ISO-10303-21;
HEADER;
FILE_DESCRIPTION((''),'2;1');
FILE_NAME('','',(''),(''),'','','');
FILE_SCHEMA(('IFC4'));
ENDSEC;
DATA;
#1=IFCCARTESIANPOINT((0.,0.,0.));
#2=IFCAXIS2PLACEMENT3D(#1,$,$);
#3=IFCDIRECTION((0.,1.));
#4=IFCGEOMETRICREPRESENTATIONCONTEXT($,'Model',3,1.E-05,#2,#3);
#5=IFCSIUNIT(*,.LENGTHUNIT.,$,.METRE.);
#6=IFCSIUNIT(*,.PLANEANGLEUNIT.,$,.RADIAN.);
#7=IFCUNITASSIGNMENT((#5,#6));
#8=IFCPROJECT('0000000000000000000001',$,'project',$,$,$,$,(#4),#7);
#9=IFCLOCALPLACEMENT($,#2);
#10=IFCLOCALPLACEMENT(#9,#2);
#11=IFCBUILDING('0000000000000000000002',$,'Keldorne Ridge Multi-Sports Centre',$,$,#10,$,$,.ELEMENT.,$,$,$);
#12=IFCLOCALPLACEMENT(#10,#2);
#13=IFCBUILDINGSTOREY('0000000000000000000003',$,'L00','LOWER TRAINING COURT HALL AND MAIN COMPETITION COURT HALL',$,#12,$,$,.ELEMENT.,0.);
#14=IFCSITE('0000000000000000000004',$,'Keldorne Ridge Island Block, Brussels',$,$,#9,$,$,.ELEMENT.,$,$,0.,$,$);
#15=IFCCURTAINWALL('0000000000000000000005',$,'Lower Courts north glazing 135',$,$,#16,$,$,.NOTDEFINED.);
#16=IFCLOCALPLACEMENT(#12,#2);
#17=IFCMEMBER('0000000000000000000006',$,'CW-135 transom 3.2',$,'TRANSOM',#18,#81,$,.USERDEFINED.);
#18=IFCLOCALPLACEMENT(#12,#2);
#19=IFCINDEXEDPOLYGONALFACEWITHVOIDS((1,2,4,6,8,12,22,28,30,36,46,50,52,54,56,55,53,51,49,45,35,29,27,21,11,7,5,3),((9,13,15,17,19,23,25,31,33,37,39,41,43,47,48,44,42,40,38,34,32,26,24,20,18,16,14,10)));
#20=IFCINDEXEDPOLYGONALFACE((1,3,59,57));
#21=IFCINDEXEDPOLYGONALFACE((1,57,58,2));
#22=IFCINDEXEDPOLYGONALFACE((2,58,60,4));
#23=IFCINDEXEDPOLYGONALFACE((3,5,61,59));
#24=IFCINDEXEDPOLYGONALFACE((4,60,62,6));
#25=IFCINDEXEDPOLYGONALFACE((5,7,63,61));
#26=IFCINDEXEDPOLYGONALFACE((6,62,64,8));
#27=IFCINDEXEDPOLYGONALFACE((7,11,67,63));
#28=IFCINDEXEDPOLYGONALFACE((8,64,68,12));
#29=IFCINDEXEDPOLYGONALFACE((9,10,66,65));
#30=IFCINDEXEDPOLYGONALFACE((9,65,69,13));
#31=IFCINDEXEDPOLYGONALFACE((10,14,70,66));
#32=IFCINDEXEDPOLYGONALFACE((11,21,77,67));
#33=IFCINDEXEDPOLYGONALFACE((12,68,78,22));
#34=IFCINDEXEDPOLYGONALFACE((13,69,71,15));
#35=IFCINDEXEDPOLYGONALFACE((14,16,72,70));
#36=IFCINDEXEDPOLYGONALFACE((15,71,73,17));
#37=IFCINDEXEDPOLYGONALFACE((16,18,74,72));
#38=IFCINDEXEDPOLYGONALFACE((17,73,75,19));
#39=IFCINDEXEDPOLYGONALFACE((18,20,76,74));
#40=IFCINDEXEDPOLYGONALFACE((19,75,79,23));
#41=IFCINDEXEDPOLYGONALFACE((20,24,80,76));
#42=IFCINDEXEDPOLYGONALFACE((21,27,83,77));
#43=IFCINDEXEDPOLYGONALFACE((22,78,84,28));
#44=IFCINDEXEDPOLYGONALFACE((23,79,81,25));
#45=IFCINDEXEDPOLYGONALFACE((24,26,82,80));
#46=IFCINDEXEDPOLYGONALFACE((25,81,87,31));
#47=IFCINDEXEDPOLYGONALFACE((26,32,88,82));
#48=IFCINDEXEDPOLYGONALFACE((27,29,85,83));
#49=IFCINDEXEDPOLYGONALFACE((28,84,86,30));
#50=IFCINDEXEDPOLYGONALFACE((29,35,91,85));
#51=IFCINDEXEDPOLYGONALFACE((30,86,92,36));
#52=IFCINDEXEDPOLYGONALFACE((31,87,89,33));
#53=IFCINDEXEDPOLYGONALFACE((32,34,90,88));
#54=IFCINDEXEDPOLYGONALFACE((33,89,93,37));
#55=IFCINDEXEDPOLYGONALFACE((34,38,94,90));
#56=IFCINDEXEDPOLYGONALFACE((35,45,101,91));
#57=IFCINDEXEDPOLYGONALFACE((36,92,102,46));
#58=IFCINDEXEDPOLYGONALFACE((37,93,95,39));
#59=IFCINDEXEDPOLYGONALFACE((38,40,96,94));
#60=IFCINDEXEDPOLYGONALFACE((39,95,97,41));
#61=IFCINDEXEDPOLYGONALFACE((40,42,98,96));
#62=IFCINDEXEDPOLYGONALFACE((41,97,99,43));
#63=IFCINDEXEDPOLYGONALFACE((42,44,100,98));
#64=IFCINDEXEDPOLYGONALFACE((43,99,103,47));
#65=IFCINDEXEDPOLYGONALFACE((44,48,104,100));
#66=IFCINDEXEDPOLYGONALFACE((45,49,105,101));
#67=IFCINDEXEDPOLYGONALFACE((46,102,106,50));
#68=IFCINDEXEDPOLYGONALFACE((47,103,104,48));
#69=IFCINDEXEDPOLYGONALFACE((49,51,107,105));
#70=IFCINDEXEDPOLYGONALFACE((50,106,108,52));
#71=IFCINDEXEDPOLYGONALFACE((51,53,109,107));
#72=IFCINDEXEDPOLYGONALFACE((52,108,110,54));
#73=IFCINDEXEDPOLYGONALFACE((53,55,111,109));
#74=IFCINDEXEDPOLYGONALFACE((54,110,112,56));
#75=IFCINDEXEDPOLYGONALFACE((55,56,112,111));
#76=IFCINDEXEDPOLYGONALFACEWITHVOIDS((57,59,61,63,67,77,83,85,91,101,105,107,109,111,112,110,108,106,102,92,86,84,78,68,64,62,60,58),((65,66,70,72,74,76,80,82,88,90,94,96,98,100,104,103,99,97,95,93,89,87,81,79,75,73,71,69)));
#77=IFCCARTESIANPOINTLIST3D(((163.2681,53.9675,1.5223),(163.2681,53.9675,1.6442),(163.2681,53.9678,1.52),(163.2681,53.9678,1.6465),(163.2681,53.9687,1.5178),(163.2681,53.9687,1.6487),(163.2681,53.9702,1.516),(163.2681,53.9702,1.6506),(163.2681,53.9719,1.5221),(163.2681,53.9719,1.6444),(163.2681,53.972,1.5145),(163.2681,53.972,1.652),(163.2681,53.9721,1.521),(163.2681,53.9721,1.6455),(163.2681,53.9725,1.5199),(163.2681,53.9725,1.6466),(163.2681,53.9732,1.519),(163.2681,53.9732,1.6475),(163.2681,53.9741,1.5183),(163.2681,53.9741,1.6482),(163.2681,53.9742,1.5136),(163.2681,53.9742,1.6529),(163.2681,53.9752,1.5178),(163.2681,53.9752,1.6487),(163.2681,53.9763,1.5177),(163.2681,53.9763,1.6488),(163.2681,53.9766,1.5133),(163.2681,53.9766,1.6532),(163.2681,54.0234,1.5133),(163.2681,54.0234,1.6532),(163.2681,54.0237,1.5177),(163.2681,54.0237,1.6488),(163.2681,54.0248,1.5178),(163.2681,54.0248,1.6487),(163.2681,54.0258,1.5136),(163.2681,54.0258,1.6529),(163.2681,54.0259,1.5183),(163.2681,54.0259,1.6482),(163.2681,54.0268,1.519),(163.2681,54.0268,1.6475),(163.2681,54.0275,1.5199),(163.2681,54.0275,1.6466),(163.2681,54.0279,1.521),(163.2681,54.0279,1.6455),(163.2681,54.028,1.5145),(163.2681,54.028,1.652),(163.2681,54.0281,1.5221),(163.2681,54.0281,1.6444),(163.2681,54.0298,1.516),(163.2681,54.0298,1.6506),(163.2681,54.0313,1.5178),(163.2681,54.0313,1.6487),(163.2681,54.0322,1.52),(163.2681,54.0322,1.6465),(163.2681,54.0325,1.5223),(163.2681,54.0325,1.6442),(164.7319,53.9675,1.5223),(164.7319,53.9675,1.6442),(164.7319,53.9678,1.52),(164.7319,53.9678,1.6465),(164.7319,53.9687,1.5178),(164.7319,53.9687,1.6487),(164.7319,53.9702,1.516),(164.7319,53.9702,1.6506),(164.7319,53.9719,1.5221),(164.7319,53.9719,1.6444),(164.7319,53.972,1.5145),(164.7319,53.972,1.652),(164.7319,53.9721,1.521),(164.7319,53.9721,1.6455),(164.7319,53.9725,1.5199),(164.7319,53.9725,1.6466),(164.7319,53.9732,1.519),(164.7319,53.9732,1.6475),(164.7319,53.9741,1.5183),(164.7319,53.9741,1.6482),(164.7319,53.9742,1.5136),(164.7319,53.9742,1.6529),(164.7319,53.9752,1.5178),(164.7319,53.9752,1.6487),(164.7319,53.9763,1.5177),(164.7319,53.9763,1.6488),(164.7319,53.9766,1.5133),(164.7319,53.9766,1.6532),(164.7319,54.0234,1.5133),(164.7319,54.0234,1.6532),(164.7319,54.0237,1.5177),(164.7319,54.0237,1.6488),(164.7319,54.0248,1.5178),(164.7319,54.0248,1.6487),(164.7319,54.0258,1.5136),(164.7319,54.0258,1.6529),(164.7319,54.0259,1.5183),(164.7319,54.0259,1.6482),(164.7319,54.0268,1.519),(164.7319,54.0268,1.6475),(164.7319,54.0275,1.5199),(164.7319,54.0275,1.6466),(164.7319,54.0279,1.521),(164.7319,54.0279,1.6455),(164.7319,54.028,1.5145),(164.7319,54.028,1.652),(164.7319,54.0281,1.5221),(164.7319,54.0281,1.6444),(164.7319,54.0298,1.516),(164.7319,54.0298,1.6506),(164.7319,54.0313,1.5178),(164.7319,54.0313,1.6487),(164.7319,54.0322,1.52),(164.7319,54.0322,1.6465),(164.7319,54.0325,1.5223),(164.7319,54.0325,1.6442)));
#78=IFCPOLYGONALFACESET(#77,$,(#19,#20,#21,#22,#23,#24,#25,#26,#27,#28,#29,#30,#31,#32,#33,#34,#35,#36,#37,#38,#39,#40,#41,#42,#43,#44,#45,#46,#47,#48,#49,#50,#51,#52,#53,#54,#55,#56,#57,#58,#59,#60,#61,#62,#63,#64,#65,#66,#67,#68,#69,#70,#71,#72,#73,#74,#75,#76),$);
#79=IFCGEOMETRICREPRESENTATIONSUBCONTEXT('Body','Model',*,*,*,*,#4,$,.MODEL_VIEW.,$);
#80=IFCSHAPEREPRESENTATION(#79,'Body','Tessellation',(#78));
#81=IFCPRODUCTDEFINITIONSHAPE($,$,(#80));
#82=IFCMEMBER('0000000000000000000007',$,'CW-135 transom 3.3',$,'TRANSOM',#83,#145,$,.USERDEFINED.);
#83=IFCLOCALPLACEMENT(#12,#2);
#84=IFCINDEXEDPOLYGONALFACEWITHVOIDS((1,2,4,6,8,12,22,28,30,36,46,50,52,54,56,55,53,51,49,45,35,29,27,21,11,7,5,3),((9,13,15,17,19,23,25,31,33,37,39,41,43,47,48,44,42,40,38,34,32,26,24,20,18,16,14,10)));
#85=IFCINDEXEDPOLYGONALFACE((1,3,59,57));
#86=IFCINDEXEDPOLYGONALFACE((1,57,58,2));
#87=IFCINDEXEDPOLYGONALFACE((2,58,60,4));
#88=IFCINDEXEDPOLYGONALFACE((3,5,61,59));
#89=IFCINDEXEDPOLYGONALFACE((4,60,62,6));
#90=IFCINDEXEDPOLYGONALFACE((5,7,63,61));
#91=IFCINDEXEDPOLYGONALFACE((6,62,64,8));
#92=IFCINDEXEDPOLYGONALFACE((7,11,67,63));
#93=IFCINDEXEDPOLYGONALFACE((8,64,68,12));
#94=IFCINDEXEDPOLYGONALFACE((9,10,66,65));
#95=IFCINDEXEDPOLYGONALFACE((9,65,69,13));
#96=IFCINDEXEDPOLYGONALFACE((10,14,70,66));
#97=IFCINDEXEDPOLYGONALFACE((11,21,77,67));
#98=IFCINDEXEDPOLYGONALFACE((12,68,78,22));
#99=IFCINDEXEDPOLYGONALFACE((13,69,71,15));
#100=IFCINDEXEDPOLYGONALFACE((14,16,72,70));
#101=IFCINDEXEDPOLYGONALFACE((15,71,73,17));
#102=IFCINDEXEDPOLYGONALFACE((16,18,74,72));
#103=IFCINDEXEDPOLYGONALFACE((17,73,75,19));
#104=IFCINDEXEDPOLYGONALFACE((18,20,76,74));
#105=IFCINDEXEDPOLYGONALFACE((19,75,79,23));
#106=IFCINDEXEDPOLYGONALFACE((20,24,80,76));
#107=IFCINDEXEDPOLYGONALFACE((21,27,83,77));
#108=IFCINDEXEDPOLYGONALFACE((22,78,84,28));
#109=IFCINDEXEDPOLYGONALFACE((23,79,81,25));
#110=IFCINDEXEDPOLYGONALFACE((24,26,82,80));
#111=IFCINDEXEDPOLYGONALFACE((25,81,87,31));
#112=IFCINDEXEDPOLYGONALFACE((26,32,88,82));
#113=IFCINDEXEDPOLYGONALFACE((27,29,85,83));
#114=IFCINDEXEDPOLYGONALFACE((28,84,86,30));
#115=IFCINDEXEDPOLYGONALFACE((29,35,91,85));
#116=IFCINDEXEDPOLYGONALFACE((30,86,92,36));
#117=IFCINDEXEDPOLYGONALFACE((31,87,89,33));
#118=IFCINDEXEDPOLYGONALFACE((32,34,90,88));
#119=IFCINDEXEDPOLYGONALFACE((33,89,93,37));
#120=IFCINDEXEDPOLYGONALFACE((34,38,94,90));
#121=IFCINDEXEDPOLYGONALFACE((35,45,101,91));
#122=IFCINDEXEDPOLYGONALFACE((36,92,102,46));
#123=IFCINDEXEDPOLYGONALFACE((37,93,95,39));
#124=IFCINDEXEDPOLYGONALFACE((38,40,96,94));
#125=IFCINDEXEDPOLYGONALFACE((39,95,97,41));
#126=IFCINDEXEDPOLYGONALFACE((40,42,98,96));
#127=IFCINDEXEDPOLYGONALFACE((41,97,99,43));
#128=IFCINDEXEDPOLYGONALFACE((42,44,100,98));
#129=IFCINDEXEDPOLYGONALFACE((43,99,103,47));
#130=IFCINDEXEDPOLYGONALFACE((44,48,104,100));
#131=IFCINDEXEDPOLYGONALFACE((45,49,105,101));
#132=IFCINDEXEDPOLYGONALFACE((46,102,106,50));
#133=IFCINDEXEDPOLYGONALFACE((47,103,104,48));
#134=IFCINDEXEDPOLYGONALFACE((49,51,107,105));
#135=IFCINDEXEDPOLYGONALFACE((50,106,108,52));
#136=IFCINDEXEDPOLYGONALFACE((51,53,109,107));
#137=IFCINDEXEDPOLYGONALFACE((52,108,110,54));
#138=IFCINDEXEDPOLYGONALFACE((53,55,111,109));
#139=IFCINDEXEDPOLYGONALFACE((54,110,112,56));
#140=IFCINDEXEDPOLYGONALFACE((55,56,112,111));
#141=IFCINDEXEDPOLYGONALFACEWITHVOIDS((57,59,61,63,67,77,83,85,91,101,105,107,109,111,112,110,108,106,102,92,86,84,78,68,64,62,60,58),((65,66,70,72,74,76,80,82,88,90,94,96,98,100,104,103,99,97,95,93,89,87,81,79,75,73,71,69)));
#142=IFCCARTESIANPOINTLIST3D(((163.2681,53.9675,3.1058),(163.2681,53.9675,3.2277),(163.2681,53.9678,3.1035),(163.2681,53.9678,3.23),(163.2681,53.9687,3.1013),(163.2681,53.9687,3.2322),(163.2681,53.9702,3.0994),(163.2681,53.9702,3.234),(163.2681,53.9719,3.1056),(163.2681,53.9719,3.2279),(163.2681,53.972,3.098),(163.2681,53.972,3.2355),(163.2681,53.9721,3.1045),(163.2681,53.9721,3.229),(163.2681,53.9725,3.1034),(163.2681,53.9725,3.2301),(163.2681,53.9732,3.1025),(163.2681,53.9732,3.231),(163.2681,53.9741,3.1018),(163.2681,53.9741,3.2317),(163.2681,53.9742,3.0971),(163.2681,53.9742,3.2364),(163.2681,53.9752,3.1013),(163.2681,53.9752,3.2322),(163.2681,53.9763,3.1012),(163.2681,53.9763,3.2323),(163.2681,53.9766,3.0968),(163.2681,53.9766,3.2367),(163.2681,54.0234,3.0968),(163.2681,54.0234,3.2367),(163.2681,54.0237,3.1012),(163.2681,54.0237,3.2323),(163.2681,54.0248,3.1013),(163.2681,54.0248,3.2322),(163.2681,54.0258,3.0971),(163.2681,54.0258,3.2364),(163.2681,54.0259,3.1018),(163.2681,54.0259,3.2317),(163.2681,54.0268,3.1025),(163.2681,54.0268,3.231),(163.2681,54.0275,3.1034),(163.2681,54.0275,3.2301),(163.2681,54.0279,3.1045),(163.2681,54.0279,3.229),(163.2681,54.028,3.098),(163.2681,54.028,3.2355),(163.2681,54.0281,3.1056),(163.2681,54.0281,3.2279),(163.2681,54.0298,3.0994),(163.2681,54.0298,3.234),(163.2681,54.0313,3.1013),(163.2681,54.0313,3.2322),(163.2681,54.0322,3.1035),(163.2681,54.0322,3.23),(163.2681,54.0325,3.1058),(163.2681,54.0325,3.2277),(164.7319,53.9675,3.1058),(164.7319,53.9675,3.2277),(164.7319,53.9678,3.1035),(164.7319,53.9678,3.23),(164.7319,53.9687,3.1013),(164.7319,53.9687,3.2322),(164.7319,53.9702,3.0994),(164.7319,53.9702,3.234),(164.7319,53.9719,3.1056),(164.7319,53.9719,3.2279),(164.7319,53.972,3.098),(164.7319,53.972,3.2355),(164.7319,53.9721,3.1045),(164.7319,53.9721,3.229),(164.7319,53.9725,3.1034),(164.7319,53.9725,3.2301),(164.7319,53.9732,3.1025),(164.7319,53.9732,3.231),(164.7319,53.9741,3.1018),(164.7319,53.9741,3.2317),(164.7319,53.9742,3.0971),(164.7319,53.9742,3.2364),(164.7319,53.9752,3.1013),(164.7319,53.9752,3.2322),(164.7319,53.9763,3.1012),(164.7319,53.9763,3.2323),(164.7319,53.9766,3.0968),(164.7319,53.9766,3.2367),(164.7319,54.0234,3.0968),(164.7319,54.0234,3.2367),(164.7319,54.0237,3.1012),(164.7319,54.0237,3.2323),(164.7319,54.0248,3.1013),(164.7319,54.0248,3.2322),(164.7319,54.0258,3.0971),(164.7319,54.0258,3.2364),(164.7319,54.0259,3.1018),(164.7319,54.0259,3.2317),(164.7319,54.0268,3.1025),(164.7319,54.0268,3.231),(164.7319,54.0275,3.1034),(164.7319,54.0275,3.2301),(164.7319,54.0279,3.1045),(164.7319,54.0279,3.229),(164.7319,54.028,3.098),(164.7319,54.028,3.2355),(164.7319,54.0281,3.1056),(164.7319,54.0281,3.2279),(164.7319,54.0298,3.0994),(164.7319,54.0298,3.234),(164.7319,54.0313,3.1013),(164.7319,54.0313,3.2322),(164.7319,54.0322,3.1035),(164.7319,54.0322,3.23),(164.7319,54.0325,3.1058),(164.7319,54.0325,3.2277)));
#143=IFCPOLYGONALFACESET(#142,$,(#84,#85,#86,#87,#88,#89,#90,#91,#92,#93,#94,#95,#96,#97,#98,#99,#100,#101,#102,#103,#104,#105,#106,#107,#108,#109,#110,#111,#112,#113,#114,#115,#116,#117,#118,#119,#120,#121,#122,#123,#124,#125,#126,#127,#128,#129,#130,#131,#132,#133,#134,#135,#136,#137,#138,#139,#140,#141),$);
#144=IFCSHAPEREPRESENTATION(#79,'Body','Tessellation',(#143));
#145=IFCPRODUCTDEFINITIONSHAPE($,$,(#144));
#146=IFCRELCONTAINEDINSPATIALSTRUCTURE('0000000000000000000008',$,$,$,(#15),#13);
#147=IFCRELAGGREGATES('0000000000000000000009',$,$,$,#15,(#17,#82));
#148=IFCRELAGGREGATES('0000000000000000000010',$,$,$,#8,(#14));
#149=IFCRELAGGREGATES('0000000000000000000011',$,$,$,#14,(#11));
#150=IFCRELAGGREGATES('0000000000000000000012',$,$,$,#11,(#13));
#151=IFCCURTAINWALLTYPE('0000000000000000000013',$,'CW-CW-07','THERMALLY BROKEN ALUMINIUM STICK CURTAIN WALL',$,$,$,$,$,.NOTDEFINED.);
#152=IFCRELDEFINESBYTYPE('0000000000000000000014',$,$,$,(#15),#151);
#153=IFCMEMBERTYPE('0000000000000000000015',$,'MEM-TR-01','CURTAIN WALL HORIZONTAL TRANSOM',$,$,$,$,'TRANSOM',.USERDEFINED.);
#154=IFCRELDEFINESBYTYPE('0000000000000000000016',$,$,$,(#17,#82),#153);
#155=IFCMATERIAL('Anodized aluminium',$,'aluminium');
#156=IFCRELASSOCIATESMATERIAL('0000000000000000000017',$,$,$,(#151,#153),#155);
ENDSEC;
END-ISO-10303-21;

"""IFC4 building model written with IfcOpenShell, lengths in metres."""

from ifc_helpers import new_model, si_unit, direction, frame, origin, origin_2d, place, context, subcontext, project, spatial, hollow_rectangle, extrude, material, material_profile, profile_set, type_object, element, aggregate, save


model = new_model("IFC4")

# Units and contexts
model_context = context("Model", 3, precision=1e-05, world=origin(), true_north=direction((0.0, 1.0)))
body_context = subcontext(model_context, "Body", "Model", "MODEL_VIEW")
ifc_project = project(units=[si_unit("LENGTHUNIT", "METRE"), si_unit("PLANEANGLEUNIT", "RADIAN")], contexts=[model_context])

# Site, building, storey
site_placement = place(None, origin())
site = spatial("IfcSite", under=ifc_project, at=site_placement, Name="Keldorne Ridge Island Block, Brussels", CompositionType="ELEMENT", RefElevation=0.0)
building_placement = place(site_placement, origin())
building = spatial("IfcBuilding", under=site, at=building_placement, Name="Keldorne Ridge Multi-Sports Centre", CompositionType="ELEMENT")
storey_placement = place(building_placement, origin())
storey = spatial("IfcBuildingStorey", under=building, at=storey_placement, Name="L00", Description="LOWER TRAINING COURT HALL AND MAIN COMPETITION COURT HALL", CompositionType="ELEMENT", Elevation=0.0)

# Curtain wall, members
ifc_material_1 = material(Name="Anodized aluminium", Category="aluminium")
curtain_wall_type = type_object("IfcCurtainWallType", Name="CW-CW-07", Description="THERMALLY BROKEN ALUMINIUM STICK CURTAIN WALL", PredefinedType="NOTDEFINED", material=ifc_material_1)
curtain_wall_placement = place(storey_placement, origin())
curtain_wall = element("IfcCurtainWall", 1, at=curtain_wall_placement, inside=storey, type_object=curtain_wall_type, Name="Lower Courts north glazing 135", PredefinedType="NOTDEFINED")
ifc_material_profile_1 = material_profile(ifc_material_1, hollow_rectangle(XDim=0.0649, YDim=0.1399, WallThickness=0.0044, InnerFilletRadius=0.0044, OuterFilletRadius=0.009, at=origin_2d()), Name="ALU TRANSOM 140x65x4.5")
ifc_profile_set_1 = profile_set([ifc_material_profile_1], Name="Anodized aluminium")
member_type_1 = type_object("IfcMemberType", Name="MEM-TR-01", Description="CURTAIN WALL HORIZONTAL TRANSOM", ElementType="TRANSOM", PredefinedType="USERDEFINED", material=ifc_profile_set_1)
member_1_placement = place(storey_placement, frame((164.7319, 54.0, 1.5833), z_axis=(-1.0, 0.0, 0.0), x_axis=(0.0, -1.0, 0.0)))
member_1 = element("IfcMember", 2, at=member_1_placement, type_object=member_type_1, Name="CW-135 transom 3.2", ObjectType="TRANSOM", PredefinedType="USERDEFINED", context=body_context, shape_type="SweptSolid", body=[
    extrude(hollow_rectangle(XDim=0.0649, YDim=0.1399, WallThickness=0.0044, InnerFilletRadius=0.0044, OuterFilletRadius=0.009, at=origin_2d()), origin(), (0.0, 0.0, 1.0), 1.4639),
])
member_2_placement = place(storey_placement, frame((164.7319, 54.0, 3.1667), z_axis=(-1.0, 0.0, 0.0), x_axis=(0.0, -1.0, 0.0)))
member_2 = element("IfcMember", 3, at=member_2_placement, type_object=member_type_1, Name="CW-135 transom 3.3", ObjectType="TRANSOM", PredefinedType="USERDEFINED", context=body_context, shape_type="SweptSolid", body=[
    extrude(hollow_rectangle(XDim=0.0649, YDim=0.1399, WallThickness=0.0044, InnerFilletRadius=0.0044, OuterFilletRadius=0.009, at=origin_2d()), origin(), (0.0, 0.0, 1.0), 1.4639),
])
aggregate(curtain_wall, [member_1, member_2])

save(model, "model.ifc")
